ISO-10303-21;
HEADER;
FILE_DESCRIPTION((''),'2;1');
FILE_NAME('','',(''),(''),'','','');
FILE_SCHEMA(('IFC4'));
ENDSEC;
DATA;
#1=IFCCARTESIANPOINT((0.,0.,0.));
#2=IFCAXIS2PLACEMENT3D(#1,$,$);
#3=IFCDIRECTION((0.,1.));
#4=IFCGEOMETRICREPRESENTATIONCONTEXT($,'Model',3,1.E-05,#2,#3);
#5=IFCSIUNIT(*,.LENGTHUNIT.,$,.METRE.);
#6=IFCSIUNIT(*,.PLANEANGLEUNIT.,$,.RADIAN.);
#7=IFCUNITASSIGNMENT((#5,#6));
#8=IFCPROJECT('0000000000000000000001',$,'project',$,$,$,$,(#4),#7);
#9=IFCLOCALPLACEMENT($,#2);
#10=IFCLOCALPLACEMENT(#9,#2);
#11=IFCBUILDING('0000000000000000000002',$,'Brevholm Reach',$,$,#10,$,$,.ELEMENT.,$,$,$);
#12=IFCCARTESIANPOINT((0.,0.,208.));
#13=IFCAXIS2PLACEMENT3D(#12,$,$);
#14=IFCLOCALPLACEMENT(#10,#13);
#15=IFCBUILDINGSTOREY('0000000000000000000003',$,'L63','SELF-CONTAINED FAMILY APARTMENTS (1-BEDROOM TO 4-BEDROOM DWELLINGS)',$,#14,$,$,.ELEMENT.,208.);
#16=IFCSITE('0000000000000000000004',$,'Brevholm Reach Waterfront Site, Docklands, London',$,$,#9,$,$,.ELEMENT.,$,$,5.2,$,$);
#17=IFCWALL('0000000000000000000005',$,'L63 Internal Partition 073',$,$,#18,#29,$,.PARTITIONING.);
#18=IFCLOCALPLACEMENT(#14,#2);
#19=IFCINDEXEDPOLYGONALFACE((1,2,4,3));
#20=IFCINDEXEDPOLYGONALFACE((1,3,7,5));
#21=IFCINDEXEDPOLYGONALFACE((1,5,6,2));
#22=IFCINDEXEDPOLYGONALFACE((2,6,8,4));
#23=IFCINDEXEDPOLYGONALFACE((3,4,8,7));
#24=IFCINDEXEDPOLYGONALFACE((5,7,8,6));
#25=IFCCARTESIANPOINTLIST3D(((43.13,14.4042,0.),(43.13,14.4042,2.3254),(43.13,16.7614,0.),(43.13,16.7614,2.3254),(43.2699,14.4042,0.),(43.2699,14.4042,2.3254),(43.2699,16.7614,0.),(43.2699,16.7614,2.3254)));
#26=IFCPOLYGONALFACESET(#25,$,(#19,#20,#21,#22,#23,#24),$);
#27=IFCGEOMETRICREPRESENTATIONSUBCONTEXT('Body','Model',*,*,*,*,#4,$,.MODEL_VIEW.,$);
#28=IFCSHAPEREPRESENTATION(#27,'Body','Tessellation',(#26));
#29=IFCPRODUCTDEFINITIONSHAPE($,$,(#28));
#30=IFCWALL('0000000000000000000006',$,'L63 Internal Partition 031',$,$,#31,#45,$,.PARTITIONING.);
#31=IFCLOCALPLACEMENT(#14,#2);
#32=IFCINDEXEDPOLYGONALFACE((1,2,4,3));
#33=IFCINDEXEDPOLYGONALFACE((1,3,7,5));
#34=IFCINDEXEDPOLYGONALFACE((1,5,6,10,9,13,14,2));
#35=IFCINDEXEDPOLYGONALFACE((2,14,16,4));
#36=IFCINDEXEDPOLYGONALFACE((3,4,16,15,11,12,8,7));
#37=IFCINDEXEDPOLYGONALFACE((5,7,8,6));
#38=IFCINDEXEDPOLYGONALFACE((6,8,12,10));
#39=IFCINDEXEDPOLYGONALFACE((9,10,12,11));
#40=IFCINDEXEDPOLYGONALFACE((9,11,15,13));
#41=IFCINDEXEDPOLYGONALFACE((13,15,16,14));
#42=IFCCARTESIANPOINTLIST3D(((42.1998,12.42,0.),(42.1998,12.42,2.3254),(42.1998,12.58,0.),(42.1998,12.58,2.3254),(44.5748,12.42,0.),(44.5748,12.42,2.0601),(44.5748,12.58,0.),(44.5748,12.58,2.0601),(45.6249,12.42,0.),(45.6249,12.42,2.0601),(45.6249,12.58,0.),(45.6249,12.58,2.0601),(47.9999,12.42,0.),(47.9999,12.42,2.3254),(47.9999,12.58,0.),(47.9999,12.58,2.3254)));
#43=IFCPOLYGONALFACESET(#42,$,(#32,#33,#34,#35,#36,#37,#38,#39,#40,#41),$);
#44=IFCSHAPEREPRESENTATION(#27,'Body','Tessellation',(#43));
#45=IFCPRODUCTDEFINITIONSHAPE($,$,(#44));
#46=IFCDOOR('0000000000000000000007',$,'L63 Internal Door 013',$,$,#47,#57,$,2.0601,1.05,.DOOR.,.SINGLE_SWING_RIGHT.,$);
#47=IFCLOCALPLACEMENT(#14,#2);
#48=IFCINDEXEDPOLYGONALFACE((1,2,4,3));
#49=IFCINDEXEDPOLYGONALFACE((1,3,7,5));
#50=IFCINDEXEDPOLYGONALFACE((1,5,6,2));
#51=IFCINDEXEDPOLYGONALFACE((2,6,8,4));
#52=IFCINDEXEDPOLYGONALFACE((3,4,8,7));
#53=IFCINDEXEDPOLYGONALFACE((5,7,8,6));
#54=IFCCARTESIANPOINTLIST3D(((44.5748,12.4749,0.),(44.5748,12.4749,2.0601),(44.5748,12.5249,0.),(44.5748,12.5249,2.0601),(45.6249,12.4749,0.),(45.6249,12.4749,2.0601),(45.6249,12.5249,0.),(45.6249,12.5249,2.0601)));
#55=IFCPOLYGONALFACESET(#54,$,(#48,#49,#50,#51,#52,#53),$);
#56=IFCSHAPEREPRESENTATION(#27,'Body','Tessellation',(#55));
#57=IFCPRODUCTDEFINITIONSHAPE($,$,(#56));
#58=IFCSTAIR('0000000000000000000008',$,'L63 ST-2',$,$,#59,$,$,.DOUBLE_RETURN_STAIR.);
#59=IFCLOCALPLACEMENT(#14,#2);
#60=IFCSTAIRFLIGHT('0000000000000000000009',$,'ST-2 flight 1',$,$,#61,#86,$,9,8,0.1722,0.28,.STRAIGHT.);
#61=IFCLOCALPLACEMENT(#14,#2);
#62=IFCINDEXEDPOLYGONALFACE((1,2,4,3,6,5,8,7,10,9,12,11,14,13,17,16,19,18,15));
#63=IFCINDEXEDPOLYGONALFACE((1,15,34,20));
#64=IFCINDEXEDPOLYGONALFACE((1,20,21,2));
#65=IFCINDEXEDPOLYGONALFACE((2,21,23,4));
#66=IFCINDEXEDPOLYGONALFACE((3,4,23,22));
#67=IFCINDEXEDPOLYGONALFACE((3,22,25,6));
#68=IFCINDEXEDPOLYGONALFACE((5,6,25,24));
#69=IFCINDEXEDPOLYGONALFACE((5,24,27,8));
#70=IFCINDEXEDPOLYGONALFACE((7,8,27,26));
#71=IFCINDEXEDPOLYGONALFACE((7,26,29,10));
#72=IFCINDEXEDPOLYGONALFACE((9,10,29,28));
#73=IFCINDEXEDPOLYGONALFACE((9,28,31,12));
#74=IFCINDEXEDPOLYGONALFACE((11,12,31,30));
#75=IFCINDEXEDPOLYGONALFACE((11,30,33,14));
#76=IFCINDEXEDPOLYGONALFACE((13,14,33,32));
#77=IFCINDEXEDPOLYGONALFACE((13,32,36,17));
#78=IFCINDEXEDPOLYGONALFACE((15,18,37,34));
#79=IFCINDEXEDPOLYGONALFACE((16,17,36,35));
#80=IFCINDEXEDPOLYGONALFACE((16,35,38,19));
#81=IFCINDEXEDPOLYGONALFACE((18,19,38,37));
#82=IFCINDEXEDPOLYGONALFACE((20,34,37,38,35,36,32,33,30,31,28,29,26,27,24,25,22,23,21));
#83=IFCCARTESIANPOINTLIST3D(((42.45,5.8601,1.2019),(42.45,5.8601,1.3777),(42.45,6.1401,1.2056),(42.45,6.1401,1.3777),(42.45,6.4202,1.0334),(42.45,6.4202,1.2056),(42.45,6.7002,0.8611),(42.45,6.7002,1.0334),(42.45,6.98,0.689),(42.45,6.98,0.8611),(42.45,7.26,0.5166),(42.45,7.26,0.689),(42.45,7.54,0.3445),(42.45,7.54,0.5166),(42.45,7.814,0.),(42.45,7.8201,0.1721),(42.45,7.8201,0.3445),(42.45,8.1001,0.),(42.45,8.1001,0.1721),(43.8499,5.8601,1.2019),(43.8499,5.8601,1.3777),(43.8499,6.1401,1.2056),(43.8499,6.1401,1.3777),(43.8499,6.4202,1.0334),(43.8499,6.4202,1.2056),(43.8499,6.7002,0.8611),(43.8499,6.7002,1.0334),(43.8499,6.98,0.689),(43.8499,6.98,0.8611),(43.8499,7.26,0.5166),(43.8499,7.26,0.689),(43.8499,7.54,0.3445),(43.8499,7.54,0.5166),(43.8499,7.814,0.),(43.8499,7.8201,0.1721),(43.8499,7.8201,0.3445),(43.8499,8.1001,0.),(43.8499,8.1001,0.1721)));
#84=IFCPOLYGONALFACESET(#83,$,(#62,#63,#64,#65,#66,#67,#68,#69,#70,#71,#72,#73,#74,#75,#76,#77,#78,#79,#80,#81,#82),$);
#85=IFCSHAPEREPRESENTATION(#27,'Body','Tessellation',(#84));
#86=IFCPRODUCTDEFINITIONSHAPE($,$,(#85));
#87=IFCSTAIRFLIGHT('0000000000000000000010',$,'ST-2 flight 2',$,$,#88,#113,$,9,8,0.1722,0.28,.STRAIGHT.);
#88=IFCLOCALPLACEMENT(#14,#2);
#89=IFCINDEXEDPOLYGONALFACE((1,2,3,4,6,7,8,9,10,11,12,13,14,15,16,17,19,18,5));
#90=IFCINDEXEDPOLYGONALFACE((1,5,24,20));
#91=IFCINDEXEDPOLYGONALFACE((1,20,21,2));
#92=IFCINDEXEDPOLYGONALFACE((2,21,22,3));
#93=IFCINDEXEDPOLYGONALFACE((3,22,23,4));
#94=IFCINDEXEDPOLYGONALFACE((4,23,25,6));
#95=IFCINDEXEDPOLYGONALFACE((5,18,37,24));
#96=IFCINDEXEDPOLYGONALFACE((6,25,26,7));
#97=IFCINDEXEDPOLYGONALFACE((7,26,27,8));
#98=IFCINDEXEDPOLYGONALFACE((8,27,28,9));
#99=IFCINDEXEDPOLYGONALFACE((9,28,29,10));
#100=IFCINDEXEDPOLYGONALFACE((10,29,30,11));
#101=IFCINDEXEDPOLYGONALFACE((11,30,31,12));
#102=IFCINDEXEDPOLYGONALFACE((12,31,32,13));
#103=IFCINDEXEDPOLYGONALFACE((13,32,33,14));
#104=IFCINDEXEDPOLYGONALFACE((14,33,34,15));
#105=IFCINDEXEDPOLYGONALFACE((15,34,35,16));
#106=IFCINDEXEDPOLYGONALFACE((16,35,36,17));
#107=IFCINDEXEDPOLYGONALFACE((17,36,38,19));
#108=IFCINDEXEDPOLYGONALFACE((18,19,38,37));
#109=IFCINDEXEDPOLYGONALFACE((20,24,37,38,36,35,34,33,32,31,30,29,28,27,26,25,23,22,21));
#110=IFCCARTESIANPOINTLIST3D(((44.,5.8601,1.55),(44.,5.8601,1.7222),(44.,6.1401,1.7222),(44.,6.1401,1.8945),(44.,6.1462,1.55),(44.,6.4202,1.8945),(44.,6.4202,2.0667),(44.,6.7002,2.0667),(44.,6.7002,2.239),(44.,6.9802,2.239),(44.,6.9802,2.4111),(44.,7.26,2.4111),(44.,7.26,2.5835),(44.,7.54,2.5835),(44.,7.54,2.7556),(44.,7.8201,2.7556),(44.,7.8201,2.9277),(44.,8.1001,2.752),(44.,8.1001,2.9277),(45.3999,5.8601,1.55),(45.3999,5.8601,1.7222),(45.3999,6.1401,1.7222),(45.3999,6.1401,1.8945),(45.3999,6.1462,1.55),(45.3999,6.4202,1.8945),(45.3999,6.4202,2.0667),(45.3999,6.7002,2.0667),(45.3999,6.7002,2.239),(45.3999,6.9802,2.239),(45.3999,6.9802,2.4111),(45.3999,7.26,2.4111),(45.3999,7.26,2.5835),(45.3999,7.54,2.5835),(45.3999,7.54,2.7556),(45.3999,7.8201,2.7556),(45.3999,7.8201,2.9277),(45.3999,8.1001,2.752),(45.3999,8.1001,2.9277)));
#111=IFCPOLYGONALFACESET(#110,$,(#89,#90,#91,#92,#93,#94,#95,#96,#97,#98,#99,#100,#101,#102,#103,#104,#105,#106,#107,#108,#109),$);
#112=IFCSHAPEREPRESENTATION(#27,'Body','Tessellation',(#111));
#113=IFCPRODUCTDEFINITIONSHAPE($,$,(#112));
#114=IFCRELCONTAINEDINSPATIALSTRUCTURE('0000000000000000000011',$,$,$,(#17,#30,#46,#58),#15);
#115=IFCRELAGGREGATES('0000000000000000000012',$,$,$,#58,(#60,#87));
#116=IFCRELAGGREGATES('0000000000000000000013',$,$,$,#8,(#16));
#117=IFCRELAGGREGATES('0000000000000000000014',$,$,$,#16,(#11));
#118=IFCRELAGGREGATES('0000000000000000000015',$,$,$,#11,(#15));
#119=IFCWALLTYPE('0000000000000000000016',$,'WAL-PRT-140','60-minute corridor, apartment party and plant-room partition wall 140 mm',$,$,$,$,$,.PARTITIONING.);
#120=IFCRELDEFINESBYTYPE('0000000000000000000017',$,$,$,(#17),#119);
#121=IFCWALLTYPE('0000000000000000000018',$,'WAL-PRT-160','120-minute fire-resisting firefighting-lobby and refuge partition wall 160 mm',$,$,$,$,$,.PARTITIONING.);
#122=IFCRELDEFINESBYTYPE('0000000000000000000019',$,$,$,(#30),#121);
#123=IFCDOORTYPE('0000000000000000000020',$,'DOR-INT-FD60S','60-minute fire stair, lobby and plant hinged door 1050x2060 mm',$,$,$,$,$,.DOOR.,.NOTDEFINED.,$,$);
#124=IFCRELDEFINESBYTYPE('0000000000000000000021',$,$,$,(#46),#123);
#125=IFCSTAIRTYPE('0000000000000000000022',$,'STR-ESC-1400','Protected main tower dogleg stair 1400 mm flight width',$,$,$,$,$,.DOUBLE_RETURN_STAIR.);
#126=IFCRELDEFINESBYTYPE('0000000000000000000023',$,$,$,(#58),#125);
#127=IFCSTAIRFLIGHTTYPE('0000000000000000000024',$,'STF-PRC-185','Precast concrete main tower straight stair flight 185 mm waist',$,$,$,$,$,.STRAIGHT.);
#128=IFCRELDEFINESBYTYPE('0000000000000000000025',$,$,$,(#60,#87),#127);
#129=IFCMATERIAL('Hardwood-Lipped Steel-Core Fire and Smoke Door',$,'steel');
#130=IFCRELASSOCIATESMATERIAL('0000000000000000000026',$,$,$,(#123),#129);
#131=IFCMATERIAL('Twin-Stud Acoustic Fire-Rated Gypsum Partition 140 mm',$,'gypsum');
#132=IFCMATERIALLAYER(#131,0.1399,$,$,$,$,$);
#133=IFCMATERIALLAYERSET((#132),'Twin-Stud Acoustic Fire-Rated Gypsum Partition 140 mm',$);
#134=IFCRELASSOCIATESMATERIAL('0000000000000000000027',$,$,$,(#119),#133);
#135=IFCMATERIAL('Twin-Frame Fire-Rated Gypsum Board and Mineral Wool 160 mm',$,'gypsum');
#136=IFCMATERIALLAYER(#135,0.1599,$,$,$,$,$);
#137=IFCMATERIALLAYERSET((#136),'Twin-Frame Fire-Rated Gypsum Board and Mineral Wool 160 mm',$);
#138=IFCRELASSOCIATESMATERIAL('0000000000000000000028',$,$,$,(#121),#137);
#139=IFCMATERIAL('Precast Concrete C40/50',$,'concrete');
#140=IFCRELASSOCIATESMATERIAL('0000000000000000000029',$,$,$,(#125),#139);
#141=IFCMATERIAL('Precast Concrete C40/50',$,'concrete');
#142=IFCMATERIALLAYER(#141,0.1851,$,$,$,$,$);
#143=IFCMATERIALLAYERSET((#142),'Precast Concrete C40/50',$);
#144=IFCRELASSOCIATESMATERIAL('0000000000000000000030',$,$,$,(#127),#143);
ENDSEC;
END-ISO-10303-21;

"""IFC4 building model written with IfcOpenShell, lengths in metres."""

from ifc_helpers import new_model, si_unit, direction, frame, frame_2d, origin, place, context, subcontext, project, spatial, polyline, rectangle, outline, extrude, material, layer, layer_set, type_object, element, fill, aggregate, save


model = new_model("IFC4")

# Units and contexts
model_context = context("Model", 3, precision=1e-05, world=origin(), true_north=direction((0.0, 1.0)))
body_context = subcontext(model_context, "Body", "Model", "MODEL_VIEW")
ifc_project = project(units=[si_unit("LENGTHUNIT", "METRE"), si_unit("PLANEANGLEUNIT", "RADIAN")], contexts=[model_context])

# Site, building, storey
site_placement = place(None, origin())
site = spatial("IfcSite", under=ifc_project, at=site_placement, Name="Brevholm Reach Waterfront Site, Docklands, London", CompositionType="ELEMENT", RefElevation=5.2)
building_placement = place(site_placement, origin())
building = spatial("IfcBuilding", under=site, at=building_placement, Name="Brevholm Reach", CompositionType="ELEMENT")
storey_placement = place(building_placement, frame((0.0, 0.0, 208.0)))
storey = spatial("IfcBuildingStorey", under=building, at=storey_placement, Name="L63", Description="SELF-CONTAINED FAMILY APARTMENTS (1-BEDROOM TO 4-BEDROOM DWELLINGS)", CompositionType="ELEMENT", Elevation=208.0)

# Shared definitions
ifc_material_1 = material(Name="Hardwood-Lipped Steel-Core Fire and Smoke Door", Category="steel")
door_type_1 = type_object("IfcDoorType", Name="DOR-INT-FD60S", Description="60-minute fire stair, lobby and plant hinged door 1050x2060 mm", OperationType="NOTDEFINED", PredefinedType="DOOR", material=ifc_material_1)

# Shared definitions
ifc_material_2 = material(Name="Twin-Stud Acoustic Fire-Rated Gypsum Partition 140 mm", Category="gypsum")
ifc_layer_1 = layer(ifc_material_2, 0.1399)
ifc_layer_set_1 = layer_set([ifc_layer_1], Name="Twin-Stud Acoustic Fire-Rated Gypsum Partition 140 mm")
wall_type_1 = type_object("IfcWallType", Name="WAL-PRT-140", Description="60-minute corridor, apartment party and plant-room partition wall 140 mm", PredefinedType="PARTITIONING", material=ifc_layer_set_1)

# Wall
wall_1_placement = place(storey_placement, frame((43.2, 14.4041, 0.0), z_axis=(0.0, 0.0, 1.0), x_axis=(0.0, 1.0, 0.0)))
element("IfcWall", 1, at=wall_1_placement, inside=storey, type_object=wall_type_1, Name="L63 Internal Partition 073", PredefinedType="PARTITIONING", context=body_context, shape_type="SweptSolid", body=[
    extrude(rectangle(XDim=2.3572, YDim=0.1399, at=frame_2d((1.1787, 0.0))), origin(), (0.0, 0.0, 1.0), 2.3254),
])

# Wall, opening, door
ifc_material_3 = material(Name="Twin-Frame Fire-Rated Gypsum Board and Mineral Wool 160 mm", Category="gypsum")
ifc_layer_2 = layer(ifc_material_3, 0.1599)
ifc_layer_set_2 = layer_set([ifc_layer_2], Name="Twin-Frame Fire-Rated Gypsum Board and Mineral Wool 160 mm")
wall_type_2 = type_object("IfcWallType", Name="WAL-PRT-160", Description="120-minute fire-resisting firefighting-lobby and refuge partition wall 160 mm", PredefinedType="PARTITIONING", material=ifc_layer_set_2)
wall_2_placement = place(storey_placement, frame((42.2, 12.5, 0.0), z_axis=(0.0, 0.0, 1.0), x_axis=(1.0, 0.0, 0.0)))
wall_2 = element("IfcWall", 2, at=wall_2_placement, inside=storey, type_object=wall_type_2, Name="L63 Internal Partition 031", PredefinedType="PARTITIONING", context=body_context, shape_type="SweptSolid", body=[
    extrude(rectangle(XDim=5.8, YDim=0.1599, at=frame_2d((2.8999, 0.0))), origin(), (0.0, 0.0, 1.0), 2.3254),
])
opening_1_placement = place(wall_2_placement, frame((2.375, 0.0, 0.0)))
opening_1 = element("IfcOpeningElement", 3, at=opening_1_placement, cuts=wall_2, PredefinedType="OPENING", context=body_context, shape_type="SweptSolid", body=[
    extrude(rectangle(XDim=1.05, YDim=2.0601, at=frame_2d((0.5249, 1.03))), frame((0.0, 0.0898, 0.0), z_axis=(0.0, -1.0, 0.0), x_axis=(1.0, 0.0, 0.0)), (0.0, 0.0, 1.0), 0.1799),
])
door_1_placement = place(opening_1_placement, origin())
door_1 = element("IfcDoor", 4, at=door_1_placement, inside=storey, type_object=door_type_1, Name="L63 Internal Door 013", OperationType="SINGLE_SWING_RIGHT", OverallHeight=2.0601, OverallWidth=1.05, PredefinedType="DOOR", context=body_context, shape_type="SweptSolid", body=[
    extrude(rectangle(XDim=1.05, YDim=2.0601, at=frame_2d((0.5249, 1.03))), frame((0.0, 0.0249, 0.0), z_axis=(0.0, -1.0, 0.0), x_axis=(1.0, 0.0, 0.0)), (0.0, 0.0, 1.0), 0.05),
])
fill(opening_1, door_1)

# Stair, stair flights
ifc_material_4 = material(Name="Precast Concrete C40/50", Category="concrete")
stair_type = type_object("IfcStairType", Name="STR-ESC-1400", Description="Protected main tower dogleg stair 1400 mm flight width", PredefinedType="DOUBLE_RETURN_STAIR", material=ifc_material_4)
stair_placement = place(storey_placement, origin())
stair = element("IfcStair", 5, at=stair_placement, inside=storey, type_object=stair_type, Name="L63 ST-2", PredefinedType="DOUBLE_RETURN_STAIR")
ifc_material_5 = material(Name="Precast Concrete C40/50", Category="concrete")
ifc_layer_3 = layer(ifc_material_5, 0.1851)
ifc_layer_set_3 = layer_set([ifc_layer_3], Name="Precast Concrete C40/50")
stair_flight_type = type_object("IfcStairFlightType", Name="STF-PRC-185", Description="Precast concrete main tower straight stair flight 185 mm waist", PredefinedType="STRAIGHT", material=ifc_layer_set_3)
stair_flight_1_placement = place(storey_placement, frame((43.1499, 8.1001, 0.0), z_axis=(0.0, 0.0, 1.0), x_axis=(0.0, -1.0, 0.0)))
stair_flight_1 = element("IfcStairFlight", 6, at=stair_flight_1_placement, type_object=stair_flight_type, Name="ST-2 flight 1", NumberOfRisers=9, NumberOfTreads=8, PredefinedType="STRAIGHT", RiserHeight=0.1722, TreadLength=0.28, context=body_context, shape_type="SweptSolid", body=[
    extrude(outline(polyline([(0.0, 0.0), (0.0, 0.1721), (0.28, 0.1721), (0.28, 0.3445), (0.5601, 0.3445), (0.5601, 0.5166), (0.8401, 0.5166), (0.8401, 0.689), (1.1201, 0.689), (1.1201, 0.8611), (1.3999, 0.8611), (1.3999, 1.0334), (1.6799, 1.0334), (1.6799, 1.2056), (1.96, 1.2056), (1.96, 1.3777), (2.24, 1.3777), (2.24, 1.55), (2.24, 1.2019), (0.2861, 0.0), (0.0, 0.0)])), frame((0.0, 0.7, 0.0), z_axis=(0.0, -1.0, 0.0), x_axis=(1.0, 0.0, 0.0)), (0.0, 0.0, 1.0), 1.3999),
])
stair_flight_2_placement = place(storey_placement, frame((44.7, 5.8601, 1.55), z_axis=(0.0, 0.0, 1.0), x_axis=(0.0, 1.0, 0.0)))
stair_flight_2 = element("IfcStairFlight", 7, at=stair_flight_2_placement, type_object=stair_flight_type, Name="ST-2 flight 2", NumberOfRisers=9, NumberOfTreads=8, PredefinedType="STRAIGHT", RiserHeight=0.1722, TreadLength=0.28, context=body_context, shape_type="SweptSolid", body=[
    extrude(outline(polyline([(0.0, 0.0), (0.0, 0.1721), (0.28, 0.1721), (0.28, 0.3445), (0.5601, 0.3445), (0.5601, 0.5166), (0.8401, 0.5166), (0.8401, 0.689), (1.1201, 0.689), (1.1201, 0.8611), (1.3999, 0.8611), (1.3999, 1.0334), (1.6799, 1.0334), (1.6799, 1.2056), (1.96, 1.2056), (1.96, 1.3777), (2.24, 1.3777), (2.24, 1.55), (2.24, 1.2019), (0.2861, 0.0), (0.0, 0.0)])), frame((0.0, 0.7, 0.0), z_axis=(0.0, -1.0, 0.0), x_axis=(1.0, 0.0, 0.0)), (0.0, 0.0, 1.0), 1.3999),
])
aggregate(stair, [stair_flight_1, stair_flight_2])

save(model, "model.ifc")
